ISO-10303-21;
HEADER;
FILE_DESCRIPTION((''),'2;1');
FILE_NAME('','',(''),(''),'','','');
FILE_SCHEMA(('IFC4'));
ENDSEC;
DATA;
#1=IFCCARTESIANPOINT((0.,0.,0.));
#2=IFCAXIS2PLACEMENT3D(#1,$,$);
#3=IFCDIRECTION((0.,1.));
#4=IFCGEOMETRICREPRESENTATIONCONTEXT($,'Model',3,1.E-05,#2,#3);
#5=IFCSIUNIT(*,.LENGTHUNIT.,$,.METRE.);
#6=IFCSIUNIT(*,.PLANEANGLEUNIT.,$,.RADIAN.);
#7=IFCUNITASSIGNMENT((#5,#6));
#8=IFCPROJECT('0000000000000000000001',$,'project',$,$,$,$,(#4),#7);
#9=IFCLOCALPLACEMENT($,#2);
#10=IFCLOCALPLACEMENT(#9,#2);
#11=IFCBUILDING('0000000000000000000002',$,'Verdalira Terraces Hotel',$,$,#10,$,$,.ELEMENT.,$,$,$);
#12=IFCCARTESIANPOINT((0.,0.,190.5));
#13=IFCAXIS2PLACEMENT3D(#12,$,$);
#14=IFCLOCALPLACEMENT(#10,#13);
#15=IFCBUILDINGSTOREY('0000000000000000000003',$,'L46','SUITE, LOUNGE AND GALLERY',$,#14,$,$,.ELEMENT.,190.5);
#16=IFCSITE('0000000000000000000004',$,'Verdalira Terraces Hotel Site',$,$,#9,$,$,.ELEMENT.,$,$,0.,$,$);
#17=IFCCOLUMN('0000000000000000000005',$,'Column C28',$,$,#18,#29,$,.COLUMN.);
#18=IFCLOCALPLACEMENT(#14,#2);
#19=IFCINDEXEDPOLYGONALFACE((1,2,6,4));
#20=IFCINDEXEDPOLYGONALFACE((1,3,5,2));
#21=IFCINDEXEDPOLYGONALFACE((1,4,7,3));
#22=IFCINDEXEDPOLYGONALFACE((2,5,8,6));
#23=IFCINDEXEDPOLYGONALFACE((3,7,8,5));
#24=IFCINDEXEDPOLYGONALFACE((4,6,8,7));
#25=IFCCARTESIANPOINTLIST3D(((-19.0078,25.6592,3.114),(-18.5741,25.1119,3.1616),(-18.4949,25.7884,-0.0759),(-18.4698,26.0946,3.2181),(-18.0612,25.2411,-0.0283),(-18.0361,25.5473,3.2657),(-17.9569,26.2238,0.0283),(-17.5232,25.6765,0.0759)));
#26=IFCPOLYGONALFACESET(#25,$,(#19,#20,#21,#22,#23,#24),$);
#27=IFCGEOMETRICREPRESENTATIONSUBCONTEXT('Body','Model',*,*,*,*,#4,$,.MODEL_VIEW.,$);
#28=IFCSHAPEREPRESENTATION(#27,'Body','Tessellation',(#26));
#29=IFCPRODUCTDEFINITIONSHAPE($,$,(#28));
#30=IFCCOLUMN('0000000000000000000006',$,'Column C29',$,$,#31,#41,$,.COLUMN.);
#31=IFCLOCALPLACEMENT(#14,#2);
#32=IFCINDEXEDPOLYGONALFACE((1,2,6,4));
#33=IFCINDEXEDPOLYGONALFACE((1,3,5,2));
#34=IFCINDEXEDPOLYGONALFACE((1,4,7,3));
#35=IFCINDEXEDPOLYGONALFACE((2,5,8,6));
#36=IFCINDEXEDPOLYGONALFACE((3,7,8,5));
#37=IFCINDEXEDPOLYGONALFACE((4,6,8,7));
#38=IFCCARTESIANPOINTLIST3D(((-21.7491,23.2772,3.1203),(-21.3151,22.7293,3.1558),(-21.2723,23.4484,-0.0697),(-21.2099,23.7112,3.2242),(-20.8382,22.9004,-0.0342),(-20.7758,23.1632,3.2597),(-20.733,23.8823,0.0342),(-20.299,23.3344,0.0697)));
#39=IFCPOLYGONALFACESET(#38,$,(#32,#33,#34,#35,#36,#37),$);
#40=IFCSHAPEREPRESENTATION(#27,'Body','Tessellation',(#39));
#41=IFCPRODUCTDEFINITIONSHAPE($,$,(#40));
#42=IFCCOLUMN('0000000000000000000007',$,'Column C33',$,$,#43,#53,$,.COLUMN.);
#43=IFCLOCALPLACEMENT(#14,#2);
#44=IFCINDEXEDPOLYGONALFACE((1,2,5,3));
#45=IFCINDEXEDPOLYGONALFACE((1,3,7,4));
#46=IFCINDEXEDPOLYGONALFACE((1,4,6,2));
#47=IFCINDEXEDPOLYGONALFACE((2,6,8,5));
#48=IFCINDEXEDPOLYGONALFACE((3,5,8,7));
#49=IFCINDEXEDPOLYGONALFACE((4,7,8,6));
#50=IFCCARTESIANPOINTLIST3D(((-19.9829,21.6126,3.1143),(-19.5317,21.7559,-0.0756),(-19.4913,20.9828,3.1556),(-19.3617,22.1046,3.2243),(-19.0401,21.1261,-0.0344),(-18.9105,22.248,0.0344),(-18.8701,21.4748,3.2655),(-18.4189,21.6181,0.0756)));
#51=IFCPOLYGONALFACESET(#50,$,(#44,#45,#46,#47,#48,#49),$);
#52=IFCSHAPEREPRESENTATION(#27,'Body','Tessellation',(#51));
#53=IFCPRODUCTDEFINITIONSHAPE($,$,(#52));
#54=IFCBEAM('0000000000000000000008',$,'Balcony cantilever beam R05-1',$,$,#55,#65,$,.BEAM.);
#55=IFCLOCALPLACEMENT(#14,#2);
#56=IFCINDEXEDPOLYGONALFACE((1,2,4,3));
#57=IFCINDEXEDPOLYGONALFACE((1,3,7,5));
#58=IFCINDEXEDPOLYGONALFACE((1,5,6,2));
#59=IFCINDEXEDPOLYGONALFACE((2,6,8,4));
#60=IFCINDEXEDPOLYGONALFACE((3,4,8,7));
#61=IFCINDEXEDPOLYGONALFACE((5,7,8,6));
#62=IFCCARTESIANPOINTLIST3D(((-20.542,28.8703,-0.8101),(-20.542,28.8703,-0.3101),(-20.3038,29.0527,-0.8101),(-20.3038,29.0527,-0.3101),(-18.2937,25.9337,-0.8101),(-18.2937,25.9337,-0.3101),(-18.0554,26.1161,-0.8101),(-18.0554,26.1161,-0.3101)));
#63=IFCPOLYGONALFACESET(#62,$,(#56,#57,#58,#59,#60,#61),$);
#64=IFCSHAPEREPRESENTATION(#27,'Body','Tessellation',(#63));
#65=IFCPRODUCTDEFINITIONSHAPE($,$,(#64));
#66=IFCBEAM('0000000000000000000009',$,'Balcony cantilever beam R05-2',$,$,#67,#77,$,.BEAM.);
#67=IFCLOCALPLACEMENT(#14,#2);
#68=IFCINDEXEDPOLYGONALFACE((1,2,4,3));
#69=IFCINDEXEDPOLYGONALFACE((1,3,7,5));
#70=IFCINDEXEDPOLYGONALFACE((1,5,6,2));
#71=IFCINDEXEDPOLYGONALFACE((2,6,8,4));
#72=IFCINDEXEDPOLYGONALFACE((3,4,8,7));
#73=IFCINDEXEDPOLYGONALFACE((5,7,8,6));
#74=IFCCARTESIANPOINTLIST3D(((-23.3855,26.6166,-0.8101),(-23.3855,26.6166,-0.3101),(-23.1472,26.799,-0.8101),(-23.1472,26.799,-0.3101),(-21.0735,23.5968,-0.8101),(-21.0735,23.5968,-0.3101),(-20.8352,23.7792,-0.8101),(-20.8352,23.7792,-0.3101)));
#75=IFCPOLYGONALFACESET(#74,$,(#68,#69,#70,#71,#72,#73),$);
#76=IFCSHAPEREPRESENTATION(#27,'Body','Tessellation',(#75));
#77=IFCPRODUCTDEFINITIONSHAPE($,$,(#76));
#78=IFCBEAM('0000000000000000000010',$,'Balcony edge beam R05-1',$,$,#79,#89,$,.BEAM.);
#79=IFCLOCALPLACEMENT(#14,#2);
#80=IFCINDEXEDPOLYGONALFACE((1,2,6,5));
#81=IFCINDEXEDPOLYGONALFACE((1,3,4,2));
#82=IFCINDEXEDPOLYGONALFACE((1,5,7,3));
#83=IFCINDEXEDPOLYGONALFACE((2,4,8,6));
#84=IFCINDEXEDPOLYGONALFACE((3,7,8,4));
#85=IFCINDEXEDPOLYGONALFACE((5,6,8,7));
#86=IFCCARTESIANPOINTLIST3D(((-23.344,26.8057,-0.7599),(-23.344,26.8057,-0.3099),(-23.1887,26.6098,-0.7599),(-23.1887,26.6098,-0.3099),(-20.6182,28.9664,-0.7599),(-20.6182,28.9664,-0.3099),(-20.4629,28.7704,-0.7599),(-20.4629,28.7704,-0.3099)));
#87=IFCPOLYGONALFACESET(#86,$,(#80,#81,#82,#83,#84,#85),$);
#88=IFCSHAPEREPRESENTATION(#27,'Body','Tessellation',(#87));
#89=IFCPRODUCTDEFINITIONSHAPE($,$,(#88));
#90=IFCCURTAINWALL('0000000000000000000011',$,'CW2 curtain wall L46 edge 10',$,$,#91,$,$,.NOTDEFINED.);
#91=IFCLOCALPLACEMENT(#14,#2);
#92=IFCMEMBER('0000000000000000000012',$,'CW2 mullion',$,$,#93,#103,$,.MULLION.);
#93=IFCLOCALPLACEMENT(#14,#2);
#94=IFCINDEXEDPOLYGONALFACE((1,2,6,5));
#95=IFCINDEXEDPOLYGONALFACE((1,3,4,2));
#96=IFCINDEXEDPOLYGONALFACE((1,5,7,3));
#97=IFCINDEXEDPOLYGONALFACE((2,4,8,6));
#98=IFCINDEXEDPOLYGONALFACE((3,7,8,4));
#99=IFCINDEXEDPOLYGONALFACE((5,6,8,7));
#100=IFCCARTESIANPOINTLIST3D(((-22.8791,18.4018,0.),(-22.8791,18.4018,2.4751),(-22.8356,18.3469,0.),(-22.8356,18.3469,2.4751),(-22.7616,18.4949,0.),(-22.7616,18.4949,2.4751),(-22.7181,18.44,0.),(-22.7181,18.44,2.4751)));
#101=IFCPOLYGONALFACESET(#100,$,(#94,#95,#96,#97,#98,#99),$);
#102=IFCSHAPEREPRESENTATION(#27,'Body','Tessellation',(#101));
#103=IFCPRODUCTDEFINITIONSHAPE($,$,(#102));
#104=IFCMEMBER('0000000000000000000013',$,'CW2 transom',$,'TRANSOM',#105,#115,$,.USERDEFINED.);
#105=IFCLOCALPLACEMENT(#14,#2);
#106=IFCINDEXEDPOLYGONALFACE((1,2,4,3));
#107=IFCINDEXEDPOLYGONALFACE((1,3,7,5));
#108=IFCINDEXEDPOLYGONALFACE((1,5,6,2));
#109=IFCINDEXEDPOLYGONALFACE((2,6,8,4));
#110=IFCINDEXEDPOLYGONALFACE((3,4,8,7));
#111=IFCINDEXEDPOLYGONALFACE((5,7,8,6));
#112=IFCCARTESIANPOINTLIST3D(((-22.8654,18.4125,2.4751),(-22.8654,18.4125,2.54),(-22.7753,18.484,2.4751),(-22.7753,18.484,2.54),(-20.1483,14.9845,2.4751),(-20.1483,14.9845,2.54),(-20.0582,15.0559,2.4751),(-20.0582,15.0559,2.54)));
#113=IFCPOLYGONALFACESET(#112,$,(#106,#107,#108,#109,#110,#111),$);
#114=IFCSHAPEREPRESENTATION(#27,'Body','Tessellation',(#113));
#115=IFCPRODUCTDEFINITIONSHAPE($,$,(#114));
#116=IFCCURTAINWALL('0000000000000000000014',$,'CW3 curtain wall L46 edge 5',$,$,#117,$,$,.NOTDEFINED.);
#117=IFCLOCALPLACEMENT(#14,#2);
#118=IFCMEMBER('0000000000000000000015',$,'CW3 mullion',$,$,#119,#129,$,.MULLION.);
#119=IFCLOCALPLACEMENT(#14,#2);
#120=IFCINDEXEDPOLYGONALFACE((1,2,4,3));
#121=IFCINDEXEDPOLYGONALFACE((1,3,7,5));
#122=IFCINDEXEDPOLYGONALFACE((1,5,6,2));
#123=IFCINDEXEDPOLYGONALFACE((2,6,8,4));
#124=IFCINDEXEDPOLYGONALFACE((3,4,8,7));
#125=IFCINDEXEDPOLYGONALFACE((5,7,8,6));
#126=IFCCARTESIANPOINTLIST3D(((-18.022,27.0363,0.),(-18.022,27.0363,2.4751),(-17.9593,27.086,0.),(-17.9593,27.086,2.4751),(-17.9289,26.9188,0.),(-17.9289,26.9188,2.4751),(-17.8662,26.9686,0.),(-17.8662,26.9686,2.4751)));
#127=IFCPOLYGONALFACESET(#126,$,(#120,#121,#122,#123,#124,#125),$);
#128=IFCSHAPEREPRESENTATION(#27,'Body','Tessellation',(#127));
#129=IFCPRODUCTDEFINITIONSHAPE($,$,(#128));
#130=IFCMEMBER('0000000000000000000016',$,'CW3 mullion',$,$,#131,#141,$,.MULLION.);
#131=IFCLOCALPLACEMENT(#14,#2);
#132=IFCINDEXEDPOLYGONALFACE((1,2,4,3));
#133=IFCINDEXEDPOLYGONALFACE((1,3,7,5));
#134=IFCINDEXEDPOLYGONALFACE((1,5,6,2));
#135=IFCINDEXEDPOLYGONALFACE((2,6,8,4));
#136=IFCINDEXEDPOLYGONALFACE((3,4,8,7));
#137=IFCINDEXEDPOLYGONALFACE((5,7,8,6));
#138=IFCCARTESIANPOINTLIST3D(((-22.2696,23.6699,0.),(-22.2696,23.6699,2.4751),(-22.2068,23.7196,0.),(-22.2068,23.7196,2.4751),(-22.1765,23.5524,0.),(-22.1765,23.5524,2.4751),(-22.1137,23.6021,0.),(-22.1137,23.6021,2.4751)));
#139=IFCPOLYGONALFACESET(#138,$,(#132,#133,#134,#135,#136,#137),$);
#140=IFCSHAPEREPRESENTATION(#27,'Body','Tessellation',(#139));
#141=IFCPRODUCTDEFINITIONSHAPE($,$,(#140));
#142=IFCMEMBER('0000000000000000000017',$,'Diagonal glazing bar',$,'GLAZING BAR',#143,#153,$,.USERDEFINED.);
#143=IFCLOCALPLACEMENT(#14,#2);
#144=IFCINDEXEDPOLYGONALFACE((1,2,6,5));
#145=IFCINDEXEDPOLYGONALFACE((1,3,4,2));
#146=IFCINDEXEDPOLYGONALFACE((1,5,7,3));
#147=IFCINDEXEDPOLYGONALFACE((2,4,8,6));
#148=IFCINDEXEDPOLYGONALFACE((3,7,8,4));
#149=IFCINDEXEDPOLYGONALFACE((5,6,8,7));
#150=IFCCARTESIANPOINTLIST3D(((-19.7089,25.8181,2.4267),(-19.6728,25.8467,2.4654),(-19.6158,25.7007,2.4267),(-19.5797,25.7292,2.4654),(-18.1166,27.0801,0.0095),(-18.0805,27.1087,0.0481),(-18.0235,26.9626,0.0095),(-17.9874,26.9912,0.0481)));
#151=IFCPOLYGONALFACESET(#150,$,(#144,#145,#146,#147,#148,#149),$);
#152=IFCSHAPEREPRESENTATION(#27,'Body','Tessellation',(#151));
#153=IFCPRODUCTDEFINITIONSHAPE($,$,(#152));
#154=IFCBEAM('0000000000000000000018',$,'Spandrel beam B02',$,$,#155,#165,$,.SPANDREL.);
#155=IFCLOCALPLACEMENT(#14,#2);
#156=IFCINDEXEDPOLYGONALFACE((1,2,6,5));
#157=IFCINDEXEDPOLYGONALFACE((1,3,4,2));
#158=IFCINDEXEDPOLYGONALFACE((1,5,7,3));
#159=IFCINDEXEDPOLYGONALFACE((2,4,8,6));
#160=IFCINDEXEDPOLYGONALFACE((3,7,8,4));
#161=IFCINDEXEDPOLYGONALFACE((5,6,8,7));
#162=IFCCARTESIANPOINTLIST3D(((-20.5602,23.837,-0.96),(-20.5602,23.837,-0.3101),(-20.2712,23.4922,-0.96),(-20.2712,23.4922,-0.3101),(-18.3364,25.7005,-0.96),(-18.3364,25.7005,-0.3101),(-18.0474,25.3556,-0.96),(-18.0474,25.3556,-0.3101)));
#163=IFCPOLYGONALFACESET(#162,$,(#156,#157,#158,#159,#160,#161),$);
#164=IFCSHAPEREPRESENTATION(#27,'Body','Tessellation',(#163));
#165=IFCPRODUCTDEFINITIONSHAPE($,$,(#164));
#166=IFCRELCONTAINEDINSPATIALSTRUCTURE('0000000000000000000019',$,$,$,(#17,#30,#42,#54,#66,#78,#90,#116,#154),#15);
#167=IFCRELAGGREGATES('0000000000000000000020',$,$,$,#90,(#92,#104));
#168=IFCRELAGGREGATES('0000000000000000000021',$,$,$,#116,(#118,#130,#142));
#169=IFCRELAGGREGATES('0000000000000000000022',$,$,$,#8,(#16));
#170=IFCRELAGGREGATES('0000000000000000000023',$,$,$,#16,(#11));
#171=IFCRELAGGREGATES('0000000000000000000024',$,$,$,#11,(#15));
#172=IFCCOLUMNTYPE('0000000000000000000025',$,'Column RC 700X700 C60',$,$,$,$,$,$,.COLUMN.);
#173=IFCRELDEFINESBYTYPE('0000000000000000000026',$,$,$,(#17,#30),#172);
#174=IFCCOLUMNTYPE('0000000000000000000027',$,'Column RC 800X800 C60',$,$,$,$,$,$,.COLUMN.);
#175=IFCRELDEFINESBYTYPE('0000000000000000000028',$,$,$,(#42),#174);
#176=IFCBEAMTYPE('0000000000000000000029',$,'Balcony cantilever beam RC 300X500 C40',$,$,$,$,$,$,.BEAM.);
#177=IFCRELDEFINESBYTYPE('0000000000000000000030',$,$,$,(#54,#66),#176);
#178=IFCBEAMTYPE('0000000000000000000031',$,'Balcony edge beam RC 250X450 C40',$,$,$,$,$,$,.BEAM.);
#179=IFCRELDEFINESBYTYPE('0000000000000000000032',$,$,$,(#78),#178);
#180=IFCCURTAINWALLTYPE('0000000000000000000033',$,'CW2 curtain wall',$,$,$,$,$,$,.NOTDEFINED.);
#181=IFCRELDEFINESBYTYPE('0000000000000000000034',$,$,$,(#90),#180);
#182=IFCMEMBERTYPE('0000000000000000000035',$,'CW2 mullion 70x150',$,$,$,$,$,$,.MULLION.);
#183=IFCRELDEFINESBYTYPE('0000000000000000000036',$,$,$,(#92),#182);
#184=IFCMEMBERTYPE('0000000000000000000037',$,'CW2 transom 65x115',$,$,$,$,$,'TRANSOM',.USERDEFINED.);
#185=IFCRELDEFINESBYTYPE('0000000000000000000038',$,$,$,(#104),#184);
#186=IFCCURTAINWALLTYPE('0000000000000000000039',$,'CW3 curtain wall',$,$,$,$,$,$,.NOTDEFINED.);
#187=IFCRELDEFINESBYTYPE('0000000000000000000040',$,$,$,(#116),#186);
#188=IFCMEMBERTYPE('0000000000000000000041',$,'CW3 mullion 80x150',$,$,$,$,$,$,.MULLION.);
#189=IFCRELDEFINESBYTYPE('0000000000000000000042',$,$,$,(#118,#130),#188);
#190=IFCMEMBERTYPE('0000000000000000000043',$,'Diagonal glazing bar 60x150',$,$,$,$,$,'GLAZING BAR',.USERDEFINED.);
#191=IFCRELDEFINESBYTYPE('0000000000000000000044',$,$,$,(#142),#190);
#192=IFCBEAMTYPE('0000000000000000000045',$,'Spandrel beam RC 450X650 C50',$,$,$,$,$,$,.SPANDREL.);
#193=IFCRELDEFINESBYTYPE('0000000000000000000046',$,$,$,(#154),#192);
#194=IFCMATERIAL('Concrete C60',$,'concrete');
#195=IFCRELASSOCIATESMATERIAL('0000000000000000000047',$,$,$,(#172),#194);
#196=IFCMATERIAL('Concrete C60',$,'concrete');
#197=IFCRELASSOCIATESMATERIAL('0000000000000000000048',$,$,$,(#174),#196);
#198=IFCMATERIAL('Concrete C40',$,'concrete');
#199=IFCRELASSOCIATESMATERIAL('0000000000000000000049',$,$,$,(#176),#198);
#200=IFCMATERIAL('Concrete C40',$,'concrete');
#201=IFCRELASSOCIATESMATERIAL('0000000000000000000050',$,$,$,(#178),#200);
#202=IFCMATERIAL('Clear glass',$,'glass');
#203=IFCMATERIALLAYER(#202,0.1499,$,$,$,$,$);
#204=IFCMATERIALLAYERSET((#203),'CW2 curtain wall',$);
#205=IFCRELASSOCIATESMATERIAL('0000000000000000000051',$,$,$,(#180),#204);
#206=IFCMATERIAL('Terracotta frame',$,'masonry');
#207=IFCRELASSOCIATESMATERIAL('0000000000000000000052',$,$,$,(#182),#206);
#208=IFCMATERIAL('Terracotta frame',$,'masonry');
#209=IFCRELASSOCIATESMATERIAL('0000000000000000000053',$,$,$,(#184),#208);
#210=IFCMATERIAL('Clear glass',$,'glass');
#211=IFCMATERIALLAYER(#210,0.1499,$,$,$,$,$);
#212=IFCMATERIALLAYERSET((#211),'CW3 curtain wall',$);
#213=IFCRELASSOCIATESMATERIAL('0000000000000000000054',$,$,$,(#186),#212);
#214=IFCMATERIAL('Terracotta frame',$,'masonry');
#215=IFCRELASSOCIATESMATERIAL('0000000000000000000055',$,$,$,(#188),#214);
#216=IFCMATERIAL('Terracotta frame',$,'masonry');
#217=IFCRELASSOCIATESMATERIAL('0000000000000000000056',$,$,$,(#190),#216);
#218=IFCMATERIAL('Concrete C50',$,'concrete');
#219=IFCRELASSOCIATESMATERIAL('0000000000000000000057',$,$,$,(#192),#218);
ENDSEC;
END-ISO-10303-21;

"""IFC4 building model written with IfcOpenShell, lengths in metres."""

from ifc_helpers import new_model, si_unit, direction, frame, origin, origin_2d, place, context, subcontext, project, spatial, rectangle, extrude, material, layer, layer_set, material_profile, profile_set, type_object, element, aggregate, save


model = new_model("IFC4")

# Units and contexts
model_context = context("Model", 3, precision=1e-05, world=origin(), true_north=direction((0.0, 1.0)))
body_context = subcontext(model_context, "Body", "Model", "MODEL_VIEW")
ifc_project = project(units=[si_unit("LENGTHUNIT", "METRE"), si_unit("PLANEANGLEUNIT", "RADIAN")], contexts=[model_context])

# Site, building, storey
site_placement = place(None, origin())
site = spatial("IfcSite", under=ifc_project, at=site_placement, Name="Verdalira Terraces Hotel Site", CompositionType="ELEMENT", RefElevation=0.0)
building_placement = place(site_placement, origin())
building = spatial("IfcBuilding", under=site, at=building_placement, Name="Verdalira Terraces Hotel", CompositionType="ELEMENT")
storey_placement = place(building_placement, frame((0.0, 0.0, 190.5)))
storey = spatial("IfcBuildingStorey", under=building, at=storey_placement, Name="L46", Description="SUITE, LOUNGE AND GALLERY", CompositionType="ELEMENT", Elevation=190.5)

# Columns
ifc_material_1 = material(Name="Concrete C60", Category="concrete")
ifc_material_profile_1 = material_profile(ifc_material_1, rectangle(XDim=0.7, YDim=0.7, at=origin_2d()), Name="RC 700X700")
ifc_profile_set_1 = profile_set([ifc_material_profile_1], Name="Concrete C60")
column_type_1 = type_object("IfcColumnType", Name="Column RC 700X700 C60", PredefinedType="COLUMN", material=ifc_profile_set_1)
column_1_placement = place(storey_placement, frame((-18.009, 25.7324, 0.0), z_axis=(-0.158633, -0.039941, 0.986529), x_axis=(-0.768672, -0.622098, -0.148788)))
element("IfcColumn", 1, at=column_1_placement, inside=storey, type_object=column_type_1, Name="Column C28", PredefinedType="COLUMN", context=body_context, shape_type="SweptSolid", body=[
    extrude(rectangle(XDim=0.7, YDim=0.7, at=origin_2d()), origin(), (0.0, 0.0, 1.0), 3.2334),
])
column_2_placement = place(storey_placement, frame((-20.7856, 23.3914, 0.0), z_axis=(-0.147622, -0.052987, 0.987623), x_axis=(-0.77046, -0.61997, -0.148424)))
element("IfcColumn", 2, at=column_2_placement, inside=storey, type_object=column_type_1, Name="Column C29", PredefinedType="COLUMN", context=body_context, shape_type="SweptSolid", body=[
    extrude(rectangle(XDim=0.7, YDim=0.7, at=origin_2d()), origin(), (0.0, 0.0, 1.0), 3.23),
])
ifc_material_2 = material(Name="Concrete C60", Category="concrete")
ifc_material_profile_2 = material_profile(ifc_material_2, rectangle(XDim=0.8, YDim=0.8, at=origin_2d()), Name="RC 800X800")
ifc_profile_set_2 = profile_set([ifc_material_profile_2], Name="Concrete C60")
column_type_2 = type_object("IfcColumnType", Name="Column RC 800X800 C60", PredefinedType="COLUMN", material=ifc_profile_set_2)
column_3_placement = place(storey_placement, frame((-18.9753, 21.687, 0.0), z_axis=(-0.139904, -0.044439, 0.989167), x_axis=(-0.614458, 0.787264, -0.051538)))
element("IfcColumn", 3, at=column_3_placement, inside=storey, type_object=column_type_2, Name="Column C33", PredefinedType="COLUMN", context=body_context, shape_type="SweptSolid", body=[
    extrude(rectangle(XDim=0.8, YDim=0.8, at=origin_2d()), origin(), (0.0, 0.0, 1.0), 3.2249),
])

# Beams
ifc_material_3 = material(Name="Concrete C40", Category="concrete")
ifc_material_profile_3 = material_profile(ifc_material_3, rectangle(XDim=0.3, YDim=0.5, at=origin_2d()), Name="RC 300X500")
ifc_profile_set_3 = profile_set([ifc_material_profile_3], Name="Concrete C40")
beam_type_1 = type_object("IfcBeamType", Name="Balcony cantilever beam RC 300X500 C40", PredefinedType="BEAM", material=ifc_profile_set_3)
beam_1_placement = place(storey_placement, frame((-18.1746, 26.0249, -0.5601), z_axis=(-0.607913, 0.794004, 0.0), x_axis=(-0.794004, -0.607913, 0.0)))
element("IfcBeam", 4, at=beam_1_placement, inside=storey, type_object=beam_type_1, Name="Balcony cantilever beam R05-1", PredefinedType="BEAM", context=body_context, shape_type="SweptSolid", body=[
    extrude(rectangle(XDim=0.3, YDim=0.5, at=origin_2d()), origin(), (0.0, 0.0, 1.0), 3.6985),
])
beam_2_placement = place(storey_placement, frame((-20.9543, 23.688, -0.5601), z_axis=(-0.60791, 0.794006, 0.0), x_axis=(-0.794006, -0.60791, 0.0)))
element("IfcBeam", 5, at=beam_2_placement, inside=storey, type_object=beam_type_1, Name="Balcony cantilever beam R05-2", PredefinedType="BEAM", context=body_context, shape_type="SweptSolid", body=[
    extrude(rectangle(XDim=0.3, YDim=0.5, at=origin_2d()), origin(), (0.0, 0.0, 1.0), 3.8032),
])
ifc_material_4 = material(Name="Concrete C40", Category="concrete")
ifc_material_profile_4 = material_profile(ifc_material_4, rectangle(XDim=0.25, YDim=0.45, at=origin_2d()), Name="RC 250X450")
ifc_profile_set_4 = profile_set([ifc_material_profile_4], Name="Concrete C40")
beam_type_2 = type_object("IfcBeamType", Name="Balcony edge beam RC 250X450 C40", PredefinedType="BEAM", material=ifc_profile_set_4)
beam_3_placement = place(storey_placement, frame((-20.5405, 28.8684, -0.5349), z_axis=(-0.783669, -0.621179, 0.0), x_axis=(0.621179, -0.783669, 0.0)))
element("IfcBeam", 6, at=beam_3_placement, inside=storey, type_object=beam_type_2, Name="Balcony edge beam R05-1", PredefinedType="BEAM", context=body_context, shape_type="SweptSolid", body=[
    extrude(rectangle(XDim=0.25, YDim=0.45, at=origin_2d()), origin(), (0.0, 0.0, 1.0), 3.4783),
])

# Curtain walls, members
ifc_material_5 = material(Name="Clear glass", Category="glass")
ifc_layer_1 = layer(ifc_material_5, 0.1499)
ifc_layer_set_1 = layer_set([ifc_layer_1], Name="CW2 curtain wall")
curtain_wall_type_1 = type_object("IfcCurtainWallType", Name="CW2 curtain wall", PredefinedType="NOTDEFINED", material=ifc_layer_set_1)
curtain_wall_1_placement = place(storey_placement, origin())
curtain_wall_1 = element("IfcCurtainWall", 7, at=curtain_wall_1_placement, inside=storey, type_object=curtain_wall_type_1, Name="CW2 curtain wall L46 edge 10", PredefinedType="NOTDEFINED")
ifc_material_6 = material(Name="Terracotta frame", Category="masonry")
ifc_material_profile_5 = material_profile(ifc_material_6, rectangle(XDim=0.0701, YDim=0.1499, at=origin_2d()), Name="MU 70x150")
ifc_profile_set_5 = profile_set([ifc_material_profile_5], Name="Terracotta frame")
member_type_1 = type_object("IfcMemberType", Name="CW2 mullion 70x150", PredefinedType="MULLION", material=ifc_profile_set_5)
member_1_placement = place(storey_placement, frame((-22.7986, 18.4209, 0.0), z_axis=(0.0, 0.0, 1.0), x_axis=(0.621148, -0.783693, 0.0)))
member_1 = element("IfcMember", 8, at=member_1_placement, type_object=member_type_1, Name="CW2 mullion", PredefinedType="MULLION", context=body_context, shape_type="SweptSolid", body=[
    extrude(rectangle(XDim=0.0701, YDim=0.1499, at=origin_2d()), origin(), (0.0, 0.0, 1.0), 2.4751),
])
ifc_material_7 = material(Name="Terracotta frame", Category="masonry")
ifc_material_profile_6 = material_profile(ifc_material_7, rectangle(XDim=0.115, YDim=0.0649, at=origin_2d()), Name="TR 65x115")
ifc_profile_set_6 = profile_set([ifc_material_profile_6], Name="Terracotta frame")
member_type_2 = type_object("IfcMemberType", Name="CW2 transom 65x115", ElementType="TRANSOM", PredefinedType="USERDEFINED", material=ifc_profile_set_6)
member_2_placement = place(storey_placement, frame((-22.8203, 18.4482, 2.5076), z_axis=(0.621156, -0.783687, 0.0), x_axis=(0.783687, 0.621156, 0.0)))
member_2 = element("IfcMember", 9, at=member_2_placement, type_object=member_type_2, Name="CW2 transom", ObjectType="TRANSOM", PredefinedType="USERDEFINED", context=body_context, shape_type="SweptSolid", body=[
    extrude(rectangle(XDim=0.115, YDim=0.0649, at=origin_2d()), origin(), (0.0, 0.0, 1.0), 4.3743),
])
aggregate(curtain_wall_1, [member_1, member_2])
ifc_material_8 = material(Name="Clear glass", Category="glass")
ifc_layer_2 = layer(ifc_material_8, 0.1499)
ifc_layer_set_2 = layer_set([ifc_layer_2], Name="CW3 curtain wall")
curtain_wall_type_2 = type_object("IfcCurtainWallType", Name="CW3 curtain wall", PredefinedType="NOTDEFINED", material=ifc_layer_set_2)
curtain_wall_2_placement = place(storey_placement, origin())
curtain_wall_2 = element("IfcCurtainWall", 10, at=curtain_wall_2_placement, inside=storey, type_object=curtain_wall_type_2, Name="CW3 curtain wall L46 edge 5", PredefinedType="NOTDEFINED")
ifc_material_9 = material(Name="Terracotta frame", Category="masonry")
ifc_material_profile_7 = material_profile(ifc_material_9, rectangle(XDim=0.0801, YDim=0.1499, at=origin_2d()), Name="MU 80x150")
ifc_profile_set_7 = profile_set([ifc_material_profile_7], Name="Terracotta frame")
member_type_3 = type_object("IfcMemberType", Name="CW3 mullion 80x150", PredefinedType="MULLION", material=ifc_profile_set_7)
member_3_placement = place(storey_placement, frame((-17.9441, 27.0024, 0.0), z_axis=(0.0, 0.0, 1.0), x_axis=(-0.783693, -0.621148, 0.0)))
member_3 = element("IfcMember", 11, at=member_3_placement, type_object=member_type_3, Name="CW3 mullion", PredefinedType="MULLION", context=body_context, shape_type="SweptSolid", body=[
    extrude(rectangle(XDim=0.0801, YDim=0.1499, at=origin_2d()), origin(), (0.0, 0.0, 1.0), 2.4751),
])
member_4_placement = place(storey_placement, frame((-22.1916, 23.636, 0.0), z_axis=(0.0, 0.0, 1.0), x_axis=(-0.783693, -0.621148, 0.0)))
member_4 = element("IfcMember", 12, at=member_4_placement, type_object=member_type_3, Name="CW3 mullion", PredefinedType="MULLION", context=body_context, shape_type="SweptSolid", body=[
    extrude(rectangle(XDim=0.0801, YDim=0.1499, at=origin_2d()), origin(), (0.0, 0.0, 1.0), 2.4751),
])
ifc_material_10 = material(Name="Terracotta frame", Category="masonry")
ifc_material_profile_8 = material_profile(ifc_material_10, rectangle(XDim=0.1499, YDim=0.0601, at=origin_2d()), Name="GB 60x150")
ifc_profile_set_8 = profile_set([ifc_material_profile_8], Name="Terracotta frame")
member_type_4 = type_object("IfcMemberType", Name="Diagonal glazing bar 60x150", ElementType="GLAZING BAR", PredefinedType="USERDEFINED", material=ifc_profile_set_8)
member_5_placement = place(storey_placement, frame((-18.052, 27.0356, 0.0288), z_axis=(-0.504258, -0.399649, 0.76551), x_axis=(0.621128, -0.783709, 0.0)))
member_5 = element("IfcMember", 13, at=member_5_placement, type_object=member_type_4, Name="Diagonal glazing bar", ObjectType="GLAZING BAR", PredefinedType="USERDEFINED", context=body_context, shape_type="SweptSolid", body=[
    extrude(rectangle(XDim=0.1499, YDim=0.0601, at=origin_2d()), origin(), (0.0, 0.0, 1.0), 3.1577),
])

# Beam
ifc_material_11 = material(Name="Concrete C50", Category="concrete")
ifc_material_profile_9 = material_profile(ifc_material_11, rectangle(XDim=0.45, YDim=0.6499, at=origin_2d()), Name="RC 450X650")
ifc_profile_set_9 = profile_set([ifc_material_profile_9], Name="Concrete C50")
beam_type_3 = type_object("IfcBeamType", Name="Spandrel beam RC 450X650 C50", PredefinedType="SPANDREL", material=ifc_profile_set_9)
beam_4_placement = place(storey_placement, frame((-18.1919, 25.5281, -0.635), z_axis=(-0.766473, -0.642276, 0.0), x_axis=(0.642276, -0.766473, 0.0)))
element("IfcBeam", 14, at=beam_4_placement, inside=storey, type_object=beam_type_3, Name="Spandrel beam B02", PredefinedType="SPANDREL", context=body_context, shape_type="SweptSolid", body=[
    extrude(rectangle(XDim=0.45, YDim=0.6499, at=origin_2d()), origin(), (0.0, 0.0, 1.0), 2.9014),
])

aggregate(curtain_wall_2, [member_3, member_4, member_5])

save(model, "model.ifc")
